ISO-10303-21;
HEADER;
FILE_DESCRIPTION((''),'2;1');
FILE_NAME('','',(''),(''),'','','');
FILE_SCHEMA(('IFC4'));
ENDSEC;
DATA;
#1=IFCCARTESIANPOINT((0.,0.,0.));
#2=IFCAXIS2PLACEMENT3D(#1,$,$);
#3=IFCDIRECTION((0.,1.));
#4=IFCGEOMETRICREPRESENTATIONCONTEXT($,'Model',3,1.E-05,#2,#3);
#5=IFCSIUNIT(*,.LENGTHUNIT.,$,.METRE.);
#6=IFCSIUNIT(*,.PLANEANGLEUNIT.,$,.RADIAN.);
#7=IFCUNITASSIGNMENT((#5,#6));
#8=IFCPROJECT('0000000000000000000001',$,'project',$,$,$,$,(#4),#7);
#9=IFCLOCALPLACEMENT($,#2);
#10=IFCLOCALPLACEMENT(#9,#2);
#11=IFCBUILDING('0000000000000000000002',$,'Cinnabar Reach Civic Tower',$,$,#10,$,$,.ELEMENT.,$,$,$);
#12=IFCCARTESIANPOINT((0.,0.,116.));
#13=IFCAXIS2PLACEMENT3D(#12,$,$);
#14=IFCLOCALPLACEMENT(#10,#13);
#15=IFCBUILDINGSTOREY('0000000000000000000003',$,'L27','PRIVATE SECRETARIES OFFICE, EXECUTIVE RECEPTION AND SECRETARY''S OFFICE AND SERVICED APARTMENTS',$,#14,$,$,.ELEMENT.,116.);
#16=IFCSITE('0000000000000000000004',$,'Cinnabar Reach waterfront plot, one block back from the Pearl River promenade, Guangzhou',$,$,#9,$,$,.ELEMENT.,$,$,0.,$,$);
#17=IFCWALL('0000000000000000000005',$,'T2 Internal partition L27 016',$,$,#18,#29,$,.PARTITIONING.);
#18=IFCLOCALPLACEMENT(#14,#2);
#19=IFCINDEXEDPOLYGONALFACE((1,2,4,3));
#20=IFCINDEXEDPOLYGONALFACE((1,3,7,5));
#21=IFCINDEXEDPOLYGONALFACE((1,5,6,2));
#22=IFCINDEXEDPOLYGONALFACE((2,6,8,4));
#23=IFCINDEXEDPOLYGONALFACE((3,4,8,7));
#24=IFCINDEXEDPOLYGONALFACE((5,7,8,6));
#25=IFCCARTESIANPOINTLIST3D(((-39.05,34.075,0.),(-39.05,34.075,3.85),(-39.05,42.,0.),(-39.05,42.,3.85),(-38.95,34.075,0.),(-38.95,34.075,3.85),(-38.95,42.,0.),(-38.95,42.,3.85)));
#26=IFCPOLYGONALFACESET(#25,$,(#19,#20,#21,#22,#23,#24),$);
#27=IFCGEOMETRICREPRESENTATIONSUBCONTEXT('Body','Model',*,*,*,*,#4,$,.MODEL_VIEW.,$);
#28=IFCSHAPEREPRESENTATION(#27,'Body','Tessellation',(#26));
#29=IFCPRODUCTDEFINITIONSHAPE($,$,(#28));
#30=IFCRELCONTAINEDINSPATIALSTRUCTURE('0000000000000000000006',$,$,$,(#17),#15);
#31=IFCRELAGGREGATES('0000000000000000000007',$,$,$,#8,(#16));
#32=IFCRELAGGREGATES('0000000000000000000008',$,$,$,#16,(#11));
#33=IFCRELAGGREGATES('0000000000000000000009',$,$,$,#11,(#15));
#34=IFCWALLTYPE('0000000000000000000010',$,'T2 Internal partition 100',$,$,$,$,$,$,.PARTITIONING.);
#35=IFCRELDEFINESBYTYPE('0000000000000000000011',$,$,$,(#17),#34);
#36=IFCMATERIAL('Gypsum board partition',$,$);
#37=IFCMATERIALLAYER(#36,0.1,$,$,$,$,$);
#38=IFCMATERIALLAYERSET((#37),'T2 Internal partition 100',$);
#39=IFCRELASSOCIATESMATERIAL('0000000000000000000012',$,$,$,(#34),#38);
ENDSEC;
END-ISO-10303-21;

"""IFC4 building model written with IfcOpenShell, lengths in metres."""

from ifc_helpers import new_model, si_unit, direction, frame, frame_2d, origin, place, context, subcontext, project, spatial, rectangle, extrude, material, layer, layer_set, type_object, element, save


model = new_model("IFC4")

# Units and contexts
model_context = context("Model", 3, precision=1e-05, world=origin(), true_north=direction((0.0, 1.0)))
body_context = subcontext(model_context, "Body", "Model", "MODEL_VIEW")
ifc_project = project(units=[si_unit("LENGTHUNIT", "METRE"), si_unit("PLANEANGLEUNIT", "RADIAN")], contexts=[model_context])

# Site, building, storey
site_placement = place(None, origin())
site = spatial("IfcSite", under=ifc_project, at=site_placement, Name="Cinnabar Reach waterfront plot, one block back from the Pearl River promenade, Guangzhou", CompositionType="ELEMENT", RefElevation=0.0)
building_placement = place(site_placement, origin())
building = spatial("IfcBuilding", under=site, at=building_placement, Name="Cinnabar Reach Civic Tower", CompositionType="ELEMENT")
storey_placement = place(building_placement, frame((0.0, 0.0, 116.0)))
storey = spatial("IfcBuildingStorey", under=building, at=storey_placement, Name="L27", Description="PRIVATE SECRETARIES OFFICE, EXECUTIVE RECEPTION AND SECRETARY'S OFFICE AND SERVICED APARTMENTS", CompositionType="ELEMENT", Elevation=116.0)

# Wall
ifc_material_1 = material(Name="Gypsum board partition")
ifc_layer_1 = layer(ifc_material_1, 0.1)
ifc_layer_set_1 = layer_set([ifc_layer_1], Name="T2 Internal partition 100")
wall_type_1 = type_object("IfcWallType", Name="T2 Internal partition 100", PredefinedType="PARTITIONING", material=ifc_layer_set_1)
wall_1_placement = place(storey_placement, frame((-39.0, 34.075, 0.0), z_axis=(0.0, 0.0, 1.0), x_axis=(0.0, 1.0, 0.0)))
element("IfcWall", 1, at=wall_1_placement, inside=storey, type_object=wall_type_1, Name="T2 Internal partition L27 016", PredefinedType="PARTITIONING", context=body_context, shape_type="SweptSolid", body=[
    extrude(rectangle(XDim=7.925, YDim=0.1, at=frame_2d((3.9625, 0.0))), origin(), (0.0, 0.0, 1.0), 3.85),
])

save(model, "model.ifc")
